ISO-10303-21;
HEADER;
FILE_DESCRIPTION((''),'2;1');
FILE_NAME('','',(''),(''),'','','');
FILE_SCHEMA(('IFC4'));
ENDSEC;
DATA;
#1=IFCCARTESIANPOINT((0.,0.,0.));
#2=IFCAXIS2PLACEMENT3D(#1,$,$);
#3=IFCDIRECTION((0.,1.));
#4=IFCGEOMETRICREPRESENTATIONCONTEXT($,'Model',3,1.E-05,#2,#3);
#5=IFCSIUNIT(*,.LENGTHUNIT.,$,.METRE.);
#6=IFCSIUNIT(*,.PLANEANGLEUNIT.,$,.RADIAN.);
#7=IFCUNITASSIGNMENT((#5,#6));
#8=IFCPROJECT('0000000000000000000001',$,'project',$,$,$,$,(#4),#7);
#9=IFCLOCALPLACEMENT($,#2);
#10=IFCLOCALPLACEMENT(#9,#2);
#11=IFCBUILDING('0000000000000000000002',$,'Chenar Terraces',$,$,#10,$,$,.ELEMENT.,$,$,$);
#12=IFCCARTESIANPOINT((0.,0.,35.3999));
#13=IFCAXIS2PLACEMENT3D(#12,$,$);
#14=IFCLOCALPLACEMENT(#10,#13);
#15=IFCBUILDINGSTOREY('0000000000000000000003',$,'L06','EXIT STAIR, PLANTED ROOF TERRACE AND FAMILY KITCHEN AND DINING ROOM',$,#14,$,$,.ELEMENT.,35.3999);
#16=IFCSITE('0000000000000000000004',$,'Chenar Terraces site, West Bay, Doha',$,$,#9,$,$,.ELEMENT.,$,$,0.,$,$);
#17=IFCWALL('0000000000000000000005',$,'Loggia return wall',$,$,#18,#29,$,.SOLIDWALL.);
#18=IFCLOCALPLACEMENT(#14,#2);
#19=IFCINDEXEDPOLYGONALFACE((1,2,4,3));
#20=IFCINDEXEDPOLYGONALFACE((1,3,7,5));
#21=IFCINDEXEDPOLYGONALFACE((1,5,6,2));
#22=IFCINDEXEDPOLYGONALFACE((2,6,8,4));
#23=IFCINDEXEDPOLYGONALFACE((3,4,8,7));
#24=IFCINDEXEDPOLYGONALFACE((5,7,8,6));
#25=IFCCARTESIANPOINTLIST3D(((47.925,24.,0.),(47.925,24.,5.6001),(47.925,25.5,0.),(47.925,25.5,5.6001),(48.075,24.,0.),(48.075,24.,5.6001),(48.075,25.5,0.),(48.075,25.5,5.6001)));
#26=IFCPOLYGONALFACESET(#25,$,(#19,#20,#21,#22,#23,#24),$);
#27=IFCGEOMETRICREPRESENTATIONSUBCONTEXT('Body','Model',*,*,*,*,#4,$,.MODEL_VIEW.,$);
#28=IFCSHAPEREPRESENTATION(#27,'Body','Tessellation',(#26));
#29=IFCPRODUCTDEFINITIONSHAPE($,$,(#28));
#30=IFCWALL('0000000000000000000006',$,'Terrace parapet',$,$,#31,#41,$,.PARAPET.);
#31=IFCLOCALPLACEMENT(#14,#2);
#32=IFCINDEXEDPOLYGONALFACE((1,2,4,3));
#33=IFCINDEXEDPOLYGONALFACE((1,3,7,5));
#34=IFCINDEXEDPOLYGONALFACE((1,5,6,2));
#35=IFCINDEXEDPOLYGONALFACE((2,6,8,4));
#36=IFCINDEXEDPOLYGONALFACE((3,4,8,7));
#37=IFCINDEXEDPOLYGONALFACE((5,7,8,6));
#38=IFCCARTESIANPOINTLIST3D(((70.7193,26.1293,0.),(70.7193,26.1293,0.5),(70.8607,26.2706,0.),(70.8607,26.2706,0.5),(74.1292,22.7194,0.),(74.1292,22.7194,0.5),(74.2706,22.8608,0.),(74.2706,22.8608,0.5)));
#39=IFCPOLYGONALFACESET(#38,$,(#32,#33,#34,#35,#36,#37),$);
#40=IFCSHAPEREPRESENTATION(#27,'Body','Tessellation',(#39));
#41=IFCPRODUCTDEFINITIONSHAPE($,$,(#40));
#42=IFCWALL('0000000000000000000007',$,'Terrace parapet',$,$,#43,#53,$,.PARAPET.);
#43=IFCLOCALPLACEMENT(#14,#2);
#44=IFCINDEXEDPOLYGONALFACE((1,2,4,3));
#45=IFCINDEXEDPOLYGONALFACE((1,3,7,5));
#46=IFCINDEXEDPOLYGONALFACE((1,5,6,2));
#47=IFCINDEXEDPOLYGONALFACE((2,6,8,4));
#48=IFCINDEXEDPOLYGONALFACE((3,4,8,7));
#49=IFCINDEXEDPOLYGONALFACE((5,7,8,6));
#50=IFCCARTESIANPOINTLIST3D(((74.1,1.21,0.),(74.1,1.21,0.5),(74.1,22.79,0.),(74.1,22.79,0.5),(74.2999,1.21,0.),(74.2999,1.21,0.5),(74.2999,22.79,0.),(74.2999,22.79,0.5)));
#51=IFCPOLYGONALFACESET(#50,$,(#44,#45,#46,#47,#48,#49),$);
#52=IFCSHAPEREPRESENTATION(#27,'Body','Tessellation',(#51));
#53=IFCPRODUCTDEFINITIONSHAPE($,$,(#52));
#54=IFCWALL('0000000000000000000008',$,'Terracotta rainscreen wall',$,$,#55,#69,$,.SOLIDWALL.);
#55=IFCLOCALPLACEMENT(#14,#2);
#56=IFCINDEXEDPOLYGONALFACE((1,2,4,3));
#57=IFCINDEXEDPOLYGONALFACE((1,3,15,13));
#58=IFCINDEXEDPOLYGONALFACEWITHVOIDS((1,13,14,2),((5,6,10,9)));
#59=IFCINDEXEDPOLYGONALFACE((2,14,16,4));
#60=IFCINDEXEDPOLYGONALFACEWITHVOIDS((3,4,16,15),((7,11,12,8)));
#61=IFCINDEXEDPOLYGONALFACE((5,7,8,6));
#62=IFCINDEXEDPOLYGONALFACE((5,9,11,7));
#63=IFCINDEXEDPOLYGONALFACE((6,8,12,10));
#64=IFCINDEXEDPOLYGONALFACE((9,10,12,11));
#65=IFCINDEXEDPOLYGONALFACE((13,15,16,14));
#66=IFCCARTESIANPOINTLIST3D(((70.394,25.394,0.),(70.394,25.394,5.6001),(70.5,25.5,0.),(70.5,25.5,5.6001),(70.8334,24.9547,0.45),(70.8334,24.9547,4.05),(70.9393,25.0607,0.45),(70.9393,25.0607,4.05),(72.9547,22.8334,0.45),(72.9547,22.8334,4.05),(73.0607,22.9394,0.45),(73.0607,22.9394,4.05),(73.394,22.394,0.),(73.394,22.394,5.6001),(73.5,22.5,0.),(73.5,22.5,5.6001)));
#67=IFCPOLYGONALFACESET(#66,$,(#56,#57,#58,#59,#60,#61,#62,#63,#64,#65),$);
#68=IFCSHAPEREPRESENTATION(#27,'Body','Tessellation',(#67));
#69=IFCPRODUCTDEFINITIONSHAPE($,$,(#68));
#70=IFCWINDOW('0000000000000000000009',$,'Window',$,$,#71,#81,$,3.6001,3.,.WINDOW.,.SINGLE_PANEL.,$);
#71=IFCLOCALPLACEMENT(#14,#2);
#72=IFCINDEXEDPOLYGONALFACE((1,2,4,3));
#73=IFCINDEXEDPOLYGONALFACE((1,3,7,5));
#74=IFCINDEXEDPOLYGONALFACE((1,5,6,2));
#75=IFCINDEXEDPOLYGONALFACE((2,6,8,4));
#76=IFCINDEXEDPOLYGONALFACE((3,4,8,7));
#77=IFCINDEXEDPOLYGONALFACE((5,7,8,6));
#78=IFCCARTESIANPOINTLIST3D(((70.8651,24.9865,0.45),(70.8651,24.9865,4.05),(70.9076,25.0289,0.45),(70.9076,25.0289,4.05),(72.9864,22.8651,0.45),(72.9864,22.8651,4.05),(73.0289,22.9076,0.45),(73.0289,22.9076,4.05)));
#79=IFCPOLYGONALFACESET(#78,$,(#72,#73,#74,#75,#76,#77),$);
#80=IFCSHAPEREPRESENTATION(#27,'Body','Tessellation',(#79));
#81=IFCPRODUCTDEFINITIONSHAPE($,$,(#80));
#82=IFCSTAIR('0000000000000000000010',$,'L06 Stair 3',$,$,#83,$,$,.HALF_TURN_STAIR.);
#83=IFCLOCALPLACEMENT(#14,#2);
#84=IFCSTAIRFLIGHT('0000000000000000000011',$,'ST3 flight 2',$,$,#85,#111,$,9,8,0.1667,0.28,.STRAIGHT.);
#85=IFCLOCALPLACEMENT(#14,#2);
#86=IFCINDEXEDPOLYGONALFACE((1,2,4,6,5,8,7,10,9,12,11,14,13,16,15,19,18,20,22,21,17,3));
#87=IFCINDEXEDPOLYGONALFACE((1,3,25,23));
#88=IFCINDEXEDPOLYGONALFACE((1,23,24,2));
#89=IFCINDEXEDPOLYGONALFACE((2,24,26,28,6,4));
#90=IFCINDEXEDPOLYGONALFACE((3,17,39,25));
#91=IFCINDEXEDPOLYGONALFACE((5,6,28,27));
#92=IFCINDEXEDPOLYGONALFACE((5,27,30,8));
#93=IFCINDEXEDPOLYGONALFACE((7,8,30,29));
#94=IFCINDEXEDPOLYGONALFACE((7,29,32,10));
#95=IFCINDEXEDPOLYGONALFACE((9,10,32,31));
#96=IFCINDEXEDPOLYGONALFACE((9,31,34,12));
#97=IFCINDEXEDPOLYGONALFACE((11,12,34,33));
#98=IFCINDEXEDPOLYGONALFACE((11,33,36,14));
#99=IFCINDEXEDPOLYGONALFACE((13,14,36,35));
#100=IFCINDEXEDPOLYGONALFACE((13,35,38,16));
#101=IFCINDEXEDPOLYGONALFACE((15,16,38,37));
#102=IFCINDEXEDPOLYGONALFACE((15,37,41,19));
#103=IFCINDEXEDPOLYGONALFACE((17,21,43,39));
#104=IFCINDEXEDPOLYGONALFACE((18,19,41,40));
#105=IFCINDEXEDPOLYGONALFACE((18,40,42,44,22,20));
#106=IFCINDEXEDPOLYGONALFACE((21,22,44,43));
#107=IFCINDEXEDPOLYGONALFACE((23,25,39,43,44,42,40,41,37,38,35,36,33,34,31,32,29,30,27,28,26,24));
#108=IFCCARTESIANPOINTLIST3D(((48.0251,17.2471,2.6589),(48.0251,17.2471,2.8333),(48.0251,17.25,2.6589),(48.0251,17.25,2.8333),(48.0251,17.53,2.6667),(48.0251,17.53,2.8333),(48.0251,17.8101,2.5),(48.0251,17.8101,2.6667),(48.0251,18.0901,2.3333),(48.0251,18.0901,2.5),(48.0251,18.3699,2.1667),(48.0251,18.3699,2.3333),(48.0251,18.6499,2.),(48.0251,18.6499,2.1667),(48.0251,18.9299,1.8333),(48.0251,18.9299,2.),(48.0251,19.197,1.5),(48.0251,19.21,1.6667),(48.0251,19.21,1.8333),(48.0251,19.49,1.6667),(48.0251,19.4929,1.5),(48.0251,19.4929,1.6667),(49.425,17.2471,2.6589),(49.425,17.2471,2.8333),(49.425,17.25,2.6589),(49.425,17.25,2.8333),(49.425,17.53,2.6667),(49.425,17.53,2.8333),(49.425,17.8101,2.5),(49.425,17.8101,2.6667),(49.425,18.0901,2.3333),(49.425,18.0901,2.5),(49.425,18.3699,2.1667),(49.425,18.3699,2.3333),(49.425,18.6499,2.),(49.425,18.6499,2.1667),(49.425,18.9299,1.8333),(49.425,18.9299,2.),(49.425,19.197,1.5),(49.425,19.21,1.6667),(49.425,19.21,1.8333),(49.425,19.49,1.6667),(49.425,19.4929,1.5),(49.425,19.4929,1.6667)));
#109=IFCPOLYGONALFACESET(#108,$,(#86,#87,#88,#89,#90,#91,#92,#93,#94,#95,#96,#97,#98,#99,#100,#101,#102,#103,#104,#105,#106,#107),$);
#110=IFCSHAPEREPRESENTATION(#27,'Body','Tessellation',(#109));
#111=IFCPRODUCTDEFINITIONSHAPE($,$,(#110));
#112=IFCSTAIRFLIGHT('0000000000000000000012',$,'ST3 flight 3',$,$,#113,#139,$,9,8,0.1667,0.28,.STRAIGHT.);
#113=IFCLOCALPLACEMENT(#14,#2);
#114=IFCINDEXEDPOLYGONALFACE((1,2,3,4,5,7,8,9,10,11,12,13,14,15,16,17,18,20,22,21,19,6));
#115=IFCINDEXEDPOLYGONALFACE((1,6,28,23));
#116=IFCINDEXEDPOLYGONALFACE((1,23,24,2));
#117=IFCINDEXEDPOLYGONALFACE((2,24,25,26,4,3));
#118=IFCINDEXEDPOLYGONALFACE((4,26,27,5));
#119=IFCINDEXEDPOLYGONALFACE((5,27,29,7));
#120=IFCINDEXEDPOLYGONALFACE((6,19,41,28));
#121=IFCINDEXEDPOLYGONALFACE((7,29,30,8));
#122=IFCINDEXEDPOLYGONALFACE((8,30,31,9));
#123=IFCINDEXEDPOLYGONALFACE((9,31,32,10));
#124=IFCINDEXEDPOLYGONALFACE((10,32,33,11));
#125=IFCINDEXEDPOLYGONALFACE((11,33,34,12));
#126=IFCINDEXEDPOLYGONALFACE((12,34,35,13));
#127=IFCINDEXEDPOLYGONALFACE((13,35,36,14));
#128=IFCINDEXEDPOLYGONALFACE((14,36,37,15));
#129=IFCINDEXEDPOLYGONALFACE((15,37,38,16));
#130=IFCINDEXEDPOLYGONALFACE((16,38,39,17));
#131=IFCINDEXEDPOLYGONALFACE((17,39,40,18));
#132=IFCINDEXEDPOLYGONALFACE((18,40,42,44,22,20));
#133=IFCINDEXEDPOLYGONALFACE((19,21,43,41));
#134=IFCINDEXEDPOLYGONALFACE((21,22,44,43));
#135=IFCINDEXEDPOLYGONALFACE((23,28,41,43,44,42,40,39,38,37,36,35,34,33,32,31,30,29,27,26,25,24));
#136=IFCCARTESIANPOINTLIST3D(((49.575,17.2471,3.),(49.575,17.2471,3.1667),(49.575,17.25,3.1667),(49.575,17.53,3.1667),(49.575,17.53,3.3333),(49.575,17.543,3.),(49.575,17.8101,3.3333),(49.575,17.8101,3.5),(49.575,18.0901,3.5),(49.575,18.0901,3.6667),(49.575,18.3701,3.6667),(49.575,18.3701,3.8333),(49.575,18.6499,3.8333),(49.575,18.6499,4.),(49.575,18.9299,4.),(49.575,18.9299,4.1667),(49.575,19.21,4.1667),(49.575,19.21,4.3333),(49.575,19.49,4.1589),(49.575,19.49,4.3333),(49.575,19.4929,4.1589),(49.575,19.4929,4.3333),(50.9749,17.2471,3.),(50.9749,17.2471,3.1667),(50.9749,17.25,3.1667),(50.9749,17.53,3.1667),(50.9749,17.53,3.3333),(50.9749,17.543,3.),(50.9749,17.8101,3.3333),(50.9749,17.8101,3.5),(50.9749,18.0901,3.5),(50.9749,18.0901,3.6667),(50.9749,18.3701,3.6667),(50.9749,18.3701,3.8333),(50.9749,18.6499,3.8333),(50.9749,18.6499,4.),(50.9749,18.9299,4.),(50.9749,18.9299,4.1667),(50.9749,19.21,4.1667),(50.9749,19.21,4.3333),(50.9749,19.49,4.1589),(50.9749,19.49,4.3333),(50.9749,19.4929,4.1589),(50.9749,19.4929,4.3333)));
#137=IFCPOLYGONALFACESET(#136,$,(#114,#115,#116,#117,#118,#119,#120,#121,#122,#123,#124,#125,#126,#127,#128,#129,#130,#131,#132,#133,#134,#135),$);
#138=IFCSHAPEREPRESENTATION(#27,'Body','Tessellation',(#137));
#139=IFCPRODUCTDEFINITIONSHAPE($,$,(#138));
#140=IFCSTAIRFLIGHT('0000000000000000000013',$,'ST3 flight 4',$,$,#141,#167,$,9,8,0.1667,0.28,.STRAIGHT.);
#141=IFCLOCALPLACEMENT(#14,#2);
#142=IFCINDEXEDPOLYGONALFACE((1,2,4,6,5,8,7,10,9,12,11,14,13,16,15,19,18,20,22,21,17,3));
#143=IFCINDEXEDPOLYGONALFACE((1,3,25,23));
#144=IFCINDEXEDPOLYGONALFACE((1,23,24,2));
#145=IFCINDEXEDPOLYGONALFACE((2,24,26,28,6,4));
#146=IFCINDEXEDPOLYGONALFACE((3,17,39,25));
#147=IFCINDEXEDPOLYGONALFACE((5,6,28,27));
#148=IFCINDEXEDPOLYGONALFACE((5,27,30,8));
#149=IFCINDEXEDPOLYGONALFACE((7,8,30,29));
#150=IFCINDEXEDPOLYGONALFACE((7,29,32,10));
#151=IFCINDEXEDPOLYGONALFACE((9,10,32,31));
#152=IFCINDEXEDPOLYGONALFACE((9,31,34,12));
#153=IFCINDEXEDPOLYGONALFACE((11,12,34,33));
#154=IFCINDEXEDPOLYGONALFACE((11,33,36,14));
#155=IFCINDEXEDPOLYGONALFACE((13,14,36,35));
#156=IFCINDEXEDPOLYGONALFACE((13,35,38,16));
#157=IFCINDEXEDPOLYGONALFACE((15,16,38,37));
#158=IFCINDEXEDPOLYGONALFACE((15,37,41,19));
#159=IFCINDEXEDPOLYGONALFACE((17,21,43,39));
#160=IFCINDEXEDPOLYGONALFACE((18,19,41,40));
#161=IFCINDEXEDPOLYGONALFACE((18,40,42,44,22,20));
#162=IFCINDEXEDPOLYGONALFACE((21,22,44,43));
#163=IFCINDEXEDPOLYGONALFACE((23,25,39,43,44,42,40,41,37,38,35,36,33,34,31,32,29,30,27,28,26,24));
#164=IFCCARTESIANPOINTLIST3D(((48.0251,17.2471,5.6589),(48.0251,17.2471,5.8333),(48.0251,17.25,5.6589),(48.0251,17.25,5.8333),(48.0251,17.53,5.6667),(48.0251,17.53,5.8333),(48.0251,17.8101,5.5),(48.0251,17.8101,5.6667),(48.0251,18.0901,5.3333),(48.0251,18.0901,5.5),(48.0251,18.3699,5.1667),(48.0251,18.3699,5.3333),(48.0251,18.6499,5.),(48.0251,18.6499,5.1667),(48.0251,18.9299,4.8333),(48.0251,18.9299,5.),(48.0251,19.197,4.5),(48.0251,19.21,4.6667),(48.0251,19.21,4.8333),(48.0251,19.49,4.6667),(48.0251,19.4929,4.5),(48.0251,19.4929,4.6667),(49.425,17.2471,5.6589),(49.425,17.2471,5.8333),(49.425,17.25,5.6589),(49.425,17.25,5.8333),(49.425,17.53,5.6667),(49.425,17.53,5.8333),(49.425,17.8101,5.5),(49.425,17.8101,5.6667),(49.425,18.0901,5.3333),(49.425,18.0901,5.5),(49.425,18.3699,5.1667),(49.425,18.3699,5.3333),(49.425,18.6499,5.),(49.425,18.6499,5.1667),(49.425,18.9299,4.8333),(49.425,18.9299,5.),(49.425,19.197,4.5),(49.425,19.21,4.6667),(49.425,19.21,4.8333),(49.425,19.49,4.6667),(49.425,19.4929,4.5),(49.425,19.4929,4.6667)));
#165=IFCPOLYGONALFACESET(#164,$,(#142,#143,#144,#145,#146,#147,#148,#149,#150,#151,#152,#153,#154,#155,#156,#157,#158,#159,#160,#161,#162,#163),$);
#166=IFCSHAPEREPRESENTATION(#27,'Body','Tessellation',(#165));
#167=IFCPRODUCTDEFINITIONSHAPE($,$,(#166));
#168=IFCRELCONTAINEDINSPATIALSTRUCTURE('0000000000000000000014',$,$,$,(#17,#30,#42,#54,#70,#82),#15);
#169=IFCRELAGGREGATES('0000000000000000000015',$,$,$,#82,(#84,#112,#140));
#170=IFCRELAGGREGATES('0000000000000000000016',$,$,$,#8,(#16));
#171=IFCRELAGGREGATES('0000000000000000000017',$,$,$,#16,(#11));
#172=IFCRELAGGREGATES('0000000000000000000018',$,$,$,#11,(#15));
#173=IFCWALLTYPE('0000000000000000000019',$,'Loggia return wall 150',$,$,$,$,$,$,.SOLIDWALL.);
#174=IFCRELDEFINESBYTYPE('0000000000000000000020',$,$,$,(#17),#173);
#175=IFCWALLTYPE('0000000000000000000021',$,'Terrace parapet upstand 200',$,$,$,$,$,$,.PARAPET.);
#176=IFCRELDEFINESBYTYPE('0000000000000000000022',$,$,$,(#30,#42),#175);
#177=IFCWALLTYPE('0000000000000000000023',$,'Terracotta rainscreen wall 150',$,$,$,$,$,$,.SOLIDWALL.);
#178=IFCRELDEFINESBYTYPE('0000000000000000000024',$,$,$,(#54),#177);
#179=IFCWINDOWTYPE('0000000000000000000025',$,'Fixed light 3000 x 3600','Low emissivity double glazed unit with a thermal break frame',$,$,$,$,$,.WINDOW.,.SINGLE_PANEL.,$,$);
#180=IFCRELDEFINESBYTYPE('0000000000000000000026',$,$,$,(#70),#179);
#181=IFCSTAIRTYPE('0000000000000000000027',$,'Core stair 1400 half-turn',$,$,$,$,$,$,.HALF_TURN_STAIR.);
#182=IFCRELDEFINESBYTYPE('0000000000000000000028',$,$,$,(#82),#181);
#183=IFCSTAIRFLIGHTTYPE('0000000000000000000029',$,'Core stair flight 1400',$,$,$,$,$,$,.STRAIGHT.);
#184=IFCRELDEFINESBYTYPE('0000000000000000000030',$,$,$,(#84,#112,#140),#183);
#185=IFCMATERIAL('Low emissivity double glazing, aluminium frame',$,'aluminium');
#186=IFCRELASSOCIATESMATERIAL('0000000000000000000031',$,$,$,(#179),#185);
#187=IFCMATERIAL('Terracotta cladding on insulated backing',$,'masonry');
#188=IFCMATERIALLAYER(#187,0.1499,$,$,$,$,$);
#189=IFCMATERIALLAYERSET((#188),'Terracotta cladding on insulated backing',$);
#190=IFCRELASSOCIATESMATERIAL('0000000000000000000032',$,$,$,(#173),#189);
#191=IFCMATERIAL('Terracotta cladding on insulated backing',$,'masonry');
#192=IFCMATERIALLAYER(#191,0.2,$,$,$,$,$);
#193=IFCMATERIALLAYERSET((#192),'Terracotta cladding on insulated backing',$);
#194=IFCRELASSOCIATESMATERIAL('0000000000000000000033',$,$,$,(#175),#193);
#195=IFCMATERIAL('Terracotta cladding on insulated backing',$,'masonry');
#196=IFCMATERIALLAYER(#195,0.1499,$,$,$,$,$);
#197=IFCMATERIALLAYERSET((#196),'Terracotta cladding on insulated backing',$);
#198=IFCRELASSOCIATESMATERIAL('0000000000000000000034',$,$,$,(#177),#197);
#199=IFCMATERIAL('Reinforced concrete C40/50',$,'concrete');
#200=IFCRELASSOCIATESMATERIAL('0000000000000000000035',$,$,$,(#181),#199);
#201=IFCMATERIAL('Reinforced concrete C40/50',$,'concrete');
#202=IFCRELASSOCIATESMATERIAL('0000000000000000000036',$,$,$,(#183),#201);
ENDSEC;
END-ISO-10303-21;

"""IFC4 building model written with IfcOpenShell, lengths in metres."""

from ifc_helpers import new_model, si_unit, direction, frame, frame_2d, origin, place, context, subcontext, project, spatial, polyline, rectangle, outline, extrude, material, layer, layer_set, type_object, element, fill, aggregate, save


model = new_model("IFC4")

# Units and contexts
model_context = context("Model", 3, precision=1e-05, world=origin(), true_north=direction((0.0, 1.0)))
body_context = subcontext(model_context, "Body", "Model", "MODEL_VIEW")
ifc_project = project(units=[si_unit("LENGTHUNIT", "METRE"), si_unit("PLANEANGLEUNIT", "RADIAN")], contexts=[model_context])

# Site, building, storey
site_placement = place(None, origin())
site = spatial("IfcSite", under=ifc_project, at=site_placement, Name="Chenar Terraces site, West Bay, Doha", CompositionType="ELEMENT", RefElevation=0.0)
building_placement = place(site_placement, origin())
building = spatial("IfcBuilding", under=site, at=building_placement, Name="Chenar Terraces", CompositionType="ELEMENT")
storey_placement = place(building_placement, frame((0.0, 0.0, 35.3999)))
storey = spatial("IfcBuildingStorey", under=building, at=storey_placement, Name="L06", Description="EXIT STAIR, PLANTED ROOF TERRACE AND FAMILY KITCHEN AND DINING ROOM", CompositionType="ELEMENT", Elevation=35.3999)

# Shared definitions
ifc_material_1 = material(Name="Low emissivity double glazing, aluminium frame", Category="aluminium")
window_type = type_object("IfcWindowType", Name="Fixed light 3000 x 3600", Description="Low emissivity double glazed unit with a thermal break frame", PartitioningType="SINGLE_PANEL", PredefinedType="WINDOW", material=ifc_material_1)

# Walls
ifc_material_2 = material(Name="Terracotta cladding on insulated backing", Category="masonry")
ifc_layer_1 = layer(ifc_material_2, 0.1499)
ifc_layer_set_1 = layer_set([ifc_layer_1], Name="Terracotta cladding on insulated backing")
wall_type_1 = type_object("IfcWallType", Name="Loggia return wall 150", PredefinedType="SOLIDWALL", material=ifc_layer_set_1)
for number, where, z_axis, x_axis, name in (
    (1, (48.0, 25.5, 0.0), (0.0, 0.0, 1.0), (0.0, -1.0, 0.0), "Loggia return wall"),
):
    element("IfcWall", number, at=place(storey_placement, frame(where, z_axis=z_axis, x_axis=x_axis)), inside=storey, type_object=wall_type_1, Name=name, PredefinedType="SOLIDWALL", context=body_context, shape_type="SweptSolid", body=[
        extrude(rectangle(XDim=1.5, YDim=0.1499, at=frame_2d((0.75, 0.0))), origin(), (0.0, 0.0, 1.0), 5.6001),
    ])
ifc_material_3 = material(Name="Terracotta cladding on insulated backing", Category="masonry")
ifc_layer_2 = layer(ifc_material_3, 0.2)
ifc_layer_set_2 = layer_set([ifc_layer_2], Name="Terracotta cladding on insulated backing")
wall_type_2 = type_object("IfcWallType", Name="Terrace parapet upstand 200", PredefinedType="PARAPET", material=ifc_layer_set_2)
wall_1_placement = place(storey_placement, frame((70.79, 26.2, 0.0), z_axis=(0.0, 0.0, 1.0), x_axis=(0.707107, -0.707107, 0.0)))
element("IfcWall", 2, at=wall_1_placement, inside=storey, type_object=wall_type_2, Name="Terrace parapet", PredefinedType="PARAPET", context=body_context, shape_type="SweptSolid", body=[
    extrude(rectangle(XDim=4.8223, YDim=0.2, at=frame_2d((2.4111, 0.0))), origin(), (0.0, 0.0, 1.0), 0.5),
])
wall_2_placement = place(storey_placement, frame((74.2, 22.79, 0.0), z_axis=(0.0, 0.0, 1.0), x_axis=(0.0, -1.0, 0.0)))
element("IfcWall", 3, at=wall_2_placement, inside=storey, type_object=wall_type_2, Name="Terrace parapet", PredefinedType="PARAPET", context=body_context, shape_type="SweptSolid", body=[
    extrude(rectangle(XDim=21.5801, YDim=0.2, at=frame_2d((10.79, 0.0))), origin(), (0.0, 0.0, 1.0), 0.5),
])

# Wall, opening, window
ifc_material_4 = material(Name="Terracotta cladding on insulated backing", Category="masonry")
ifc_layer_3 = layer(ifc_material_4, 0.1499)
ifc_layer_set_3 = layer_set([ifc_layer_3], Name="Terracotta cladding on insulated backing")
wall_type_3 = type_object("IfcWallType", Name="Terracotta rainscreen wall 150", PredefinedType="SOLIDWALL", material=ifc_layer_set_3)
wall_3_placement = place(storey_placement, frame((73.447, 22.447, 0.0), z_axis=(0.0, 0.0, 1.0), x_axis=(-0.707107, 0.707107, 0.0)))
wall_3 = element("IfcWall", 4, at=wall_3_placement, inside=storey, type_object=wall_type_3, Name="Terracotta rainscreen wall", PredefinedType="SOLIDWALL", context=body_context, shape_type="SweptSolid", body=[
    extrude(rectangle(XDim=4.2427, YDim=0.1499, at=frame_2d((2.1213, 0.0))), origin(), (0.0, 0.0, 1.0), 5.6001),
])
opening_1_placement = place(wall_3_placement, frame((0.6213, 0.0, 0.45)))
opening_1 = element("IfcOpeningElement", 5, at=opening_1_placement, cuts=wall_3, PredefinedType="OPENING", context=body_context, shape_type="SweptSolid", body=[
    extrude(rectangle(XDim=3.0, YDim=3.6001, at=frame_2d((1.5, 1.8))), frame((0.0, 0.085, 0.0), z_axis=(0.0, -1.0, 0.0), x_axis=(1.0, 0.0, 0.0)), (0.0, 0.0, 1.0), 0.1699),
])
window_1_placement = place(opening_1_placement, origin())
window_1 = element("IfcWindow", 6, at=window_1_placement, inside=storey, type_object=window_type, Name="Window", OverallHeight=3.6001, OverallWidth=3.0, PartitioningType="SINGLE_PANEL", PredefinedType="WINDOW", context=body_context, shape_type="SweptSolid", body=[
    extrude(rectangle(XDim=3.0, YDim=3.6001, at=frame_2d((1.5, 1.8))), frame((0.0, 0.03, 0.0), z_axis=(0.0, -1.0, 0.0), x_axis=(1.0, 0.0, 0.0)), (0.0, 0.0, 1.0), 0.0601),
])
fill(opening_1, window_1)

# Stair, stair flights
ifc_material_5 = material(Name="Reinforced concrete C40/50", Category="concrete")
stair_type = type_object("IfcStairType", Name="Core stair 1400 half-turn", PredefinedType="HALF_TURN_STAIR", material=ifc_material_5)
stair_placement = place(storey_placement, origin())
stair = element("IfcStair", 7, at=stair_placement, inside=storey, type_object=stair_type, Name="L06 Stair 3", PredefinedType="HALF_TURN_STAIR")
ifc_material_6 = material(Name="Reinforced concrete C40/50", Category="concrete")
stair_flight_type = type_object("IfcStairFlightType", Name="Core stair flight 1400", PredefinedType="STRAIGHT", material=ifc_material_6)
stair_flight_1_placement = place(storey_placement, frame((48.7251, 19.49, 1.5), z_axis=(0.0, 0.0, 1.0), x_axis=(0.0, -1.0, 0.0)))
stair_flight_1 = element("IfcStairFlight", 8, at=stair_flight_1_placement, type_object=stair_flight_type, Name="ST3 flight 2", NumberOfRisers=9, NumberOfTreads=8, PredefinedType="STRAIGHT", RiserHeight=0.1667, TreadLength=0.28, context=body_context, shape_type="SweptSolid", body=[
    extrude(outline(polyline([(-0.0029, 0.0), (-0.0029, 0.1667), (0.0, 0.1667), (0.28, 0.1667), (0.28, 0.3333), (0.5601, 0.3333), (0.5601, 0.5), (0.8401, 0.5), (0.8401, 0.6667), (1.1201, 0.6667), (1.1201, 0.8333), (1.3999, 0.8333), (1.3999, 1.0), (1.6799, 1.0), (1.6799, 1.1667), (1.96, 1.1667), (1.96, 1.3333), (2.24, 1.3333), (2.2429, 1.3333), (2.2429, 1.1589), (2.24, 1.1589), (0.293, 0.0), (-0.0029, 0.0)])), frame((0.0, 0.7, 0.0), z_axis=(0.0, -1.0, 0.0), x_axis=(1.0, 0.0, 0.0)), (0.0, 0.0, 1.0), 1.3999),
])
stair_flight_2_placement = place(storey_placement, frame((50.2749, 17.25, 3.0), z_axis=(0.0, 0.0, 1.0), x_axis=(0.0, 1.0, 0.0)))
stair_flight_2 = element("IfcStairFlight", 9, at=stair_flight_2_placement, type_object=stair_flight_type, Name="ST3 flight 3", NumberOfRisers=9, NumberOfTreads=8, PredefinedType="STRAIGHT", RiserHeight=0.1667, TreadLength=0.28, context=body_context, shape_type="SweptSolid", body=[
    extrude(outline(polyline([(-0.0029, 0.0), (-0.0029, 0.1667), (0.0, 0.1667), (0.28, 0.1667), (0.28, 0.3333), (0.5601, 0.3333), (0.5601, 0.5), (0.8401, 0.5), (0.8401, 0.6667), (1.1201, 0.6667), (1.1201, 0.8333), (1.3999, 0.8333), (1.3999, 1.0), (1.6799, 1.0), (1.6799, 1.1667), (1.96, 1.1667), (1.96, 1.3333), (2.24, 1.3333), (2.2429, 1.3333), (2.2429, 1.1589), (2.24, 1.1589), (0.293, 0.0), (-0.0029, 0.0)])), frame((0.0, 0.7, 0.0), z_axis=(0.0, -1.0, 0.0), x_axis=(1.0, 0.0, 0.0)), (0.0, 0.0, 1.0), 1.3999),
])
stair_flight_3_placement = place(storey_placement, frame((48.7251, 19.49, 4.5), z_axis=(0.0, 0.0, 1.0), x_axis=(0.0, -1.0, 0.0)))
stair_flight_3 = element("IfcStairFlight", 10, at=stair_flight_3_placement, type_object=stair_flight_type, Name="ST3 flight 4", NumberOfRisers=9, NumberOfTreads=8, PredefinedType="STRAIGHT", RiserHeight=0.1667, TreadLength=0.28, context=body_context, shape_type="SweptSolid", body=[
    extrude(outline(polyline([(-0.0029, 0.0), (-0.0029, 0.1667), (0.0, 0.1667), (0.28, 0.1667), (0.28, 0.3333), (0.5601, 0.3333), (0.5601, 0.5), (0.8401, 0.5), (0.8401, 0.6667), (1.1201, 0.6667), (1.1201, 0.8333), (1.3999, 0.8333), (1.3999, 1.0), (1.6799, 1.0), (1.6799, 1.1667), (1.96, 1.1667), (1.96, 1.3333), (2.24, 1.3333), (2.2429, 1.3333), (2.2429, 1.1589), (2.24, 1.1589), (0.293, 0.0), (-0.0029, 0.0)])), frame((0.0, 0.7, 0.0), z_axis=(0.0, -1.0, 0.0), x_axis=(1.0, 0.0, 0.0)), (0.0, 0.0, 1.0), 1.3999),
])
aggregate(stair, [stair_flight_1, stair_flight_2, stair_flight_3])

save(model, "model.ifc")
